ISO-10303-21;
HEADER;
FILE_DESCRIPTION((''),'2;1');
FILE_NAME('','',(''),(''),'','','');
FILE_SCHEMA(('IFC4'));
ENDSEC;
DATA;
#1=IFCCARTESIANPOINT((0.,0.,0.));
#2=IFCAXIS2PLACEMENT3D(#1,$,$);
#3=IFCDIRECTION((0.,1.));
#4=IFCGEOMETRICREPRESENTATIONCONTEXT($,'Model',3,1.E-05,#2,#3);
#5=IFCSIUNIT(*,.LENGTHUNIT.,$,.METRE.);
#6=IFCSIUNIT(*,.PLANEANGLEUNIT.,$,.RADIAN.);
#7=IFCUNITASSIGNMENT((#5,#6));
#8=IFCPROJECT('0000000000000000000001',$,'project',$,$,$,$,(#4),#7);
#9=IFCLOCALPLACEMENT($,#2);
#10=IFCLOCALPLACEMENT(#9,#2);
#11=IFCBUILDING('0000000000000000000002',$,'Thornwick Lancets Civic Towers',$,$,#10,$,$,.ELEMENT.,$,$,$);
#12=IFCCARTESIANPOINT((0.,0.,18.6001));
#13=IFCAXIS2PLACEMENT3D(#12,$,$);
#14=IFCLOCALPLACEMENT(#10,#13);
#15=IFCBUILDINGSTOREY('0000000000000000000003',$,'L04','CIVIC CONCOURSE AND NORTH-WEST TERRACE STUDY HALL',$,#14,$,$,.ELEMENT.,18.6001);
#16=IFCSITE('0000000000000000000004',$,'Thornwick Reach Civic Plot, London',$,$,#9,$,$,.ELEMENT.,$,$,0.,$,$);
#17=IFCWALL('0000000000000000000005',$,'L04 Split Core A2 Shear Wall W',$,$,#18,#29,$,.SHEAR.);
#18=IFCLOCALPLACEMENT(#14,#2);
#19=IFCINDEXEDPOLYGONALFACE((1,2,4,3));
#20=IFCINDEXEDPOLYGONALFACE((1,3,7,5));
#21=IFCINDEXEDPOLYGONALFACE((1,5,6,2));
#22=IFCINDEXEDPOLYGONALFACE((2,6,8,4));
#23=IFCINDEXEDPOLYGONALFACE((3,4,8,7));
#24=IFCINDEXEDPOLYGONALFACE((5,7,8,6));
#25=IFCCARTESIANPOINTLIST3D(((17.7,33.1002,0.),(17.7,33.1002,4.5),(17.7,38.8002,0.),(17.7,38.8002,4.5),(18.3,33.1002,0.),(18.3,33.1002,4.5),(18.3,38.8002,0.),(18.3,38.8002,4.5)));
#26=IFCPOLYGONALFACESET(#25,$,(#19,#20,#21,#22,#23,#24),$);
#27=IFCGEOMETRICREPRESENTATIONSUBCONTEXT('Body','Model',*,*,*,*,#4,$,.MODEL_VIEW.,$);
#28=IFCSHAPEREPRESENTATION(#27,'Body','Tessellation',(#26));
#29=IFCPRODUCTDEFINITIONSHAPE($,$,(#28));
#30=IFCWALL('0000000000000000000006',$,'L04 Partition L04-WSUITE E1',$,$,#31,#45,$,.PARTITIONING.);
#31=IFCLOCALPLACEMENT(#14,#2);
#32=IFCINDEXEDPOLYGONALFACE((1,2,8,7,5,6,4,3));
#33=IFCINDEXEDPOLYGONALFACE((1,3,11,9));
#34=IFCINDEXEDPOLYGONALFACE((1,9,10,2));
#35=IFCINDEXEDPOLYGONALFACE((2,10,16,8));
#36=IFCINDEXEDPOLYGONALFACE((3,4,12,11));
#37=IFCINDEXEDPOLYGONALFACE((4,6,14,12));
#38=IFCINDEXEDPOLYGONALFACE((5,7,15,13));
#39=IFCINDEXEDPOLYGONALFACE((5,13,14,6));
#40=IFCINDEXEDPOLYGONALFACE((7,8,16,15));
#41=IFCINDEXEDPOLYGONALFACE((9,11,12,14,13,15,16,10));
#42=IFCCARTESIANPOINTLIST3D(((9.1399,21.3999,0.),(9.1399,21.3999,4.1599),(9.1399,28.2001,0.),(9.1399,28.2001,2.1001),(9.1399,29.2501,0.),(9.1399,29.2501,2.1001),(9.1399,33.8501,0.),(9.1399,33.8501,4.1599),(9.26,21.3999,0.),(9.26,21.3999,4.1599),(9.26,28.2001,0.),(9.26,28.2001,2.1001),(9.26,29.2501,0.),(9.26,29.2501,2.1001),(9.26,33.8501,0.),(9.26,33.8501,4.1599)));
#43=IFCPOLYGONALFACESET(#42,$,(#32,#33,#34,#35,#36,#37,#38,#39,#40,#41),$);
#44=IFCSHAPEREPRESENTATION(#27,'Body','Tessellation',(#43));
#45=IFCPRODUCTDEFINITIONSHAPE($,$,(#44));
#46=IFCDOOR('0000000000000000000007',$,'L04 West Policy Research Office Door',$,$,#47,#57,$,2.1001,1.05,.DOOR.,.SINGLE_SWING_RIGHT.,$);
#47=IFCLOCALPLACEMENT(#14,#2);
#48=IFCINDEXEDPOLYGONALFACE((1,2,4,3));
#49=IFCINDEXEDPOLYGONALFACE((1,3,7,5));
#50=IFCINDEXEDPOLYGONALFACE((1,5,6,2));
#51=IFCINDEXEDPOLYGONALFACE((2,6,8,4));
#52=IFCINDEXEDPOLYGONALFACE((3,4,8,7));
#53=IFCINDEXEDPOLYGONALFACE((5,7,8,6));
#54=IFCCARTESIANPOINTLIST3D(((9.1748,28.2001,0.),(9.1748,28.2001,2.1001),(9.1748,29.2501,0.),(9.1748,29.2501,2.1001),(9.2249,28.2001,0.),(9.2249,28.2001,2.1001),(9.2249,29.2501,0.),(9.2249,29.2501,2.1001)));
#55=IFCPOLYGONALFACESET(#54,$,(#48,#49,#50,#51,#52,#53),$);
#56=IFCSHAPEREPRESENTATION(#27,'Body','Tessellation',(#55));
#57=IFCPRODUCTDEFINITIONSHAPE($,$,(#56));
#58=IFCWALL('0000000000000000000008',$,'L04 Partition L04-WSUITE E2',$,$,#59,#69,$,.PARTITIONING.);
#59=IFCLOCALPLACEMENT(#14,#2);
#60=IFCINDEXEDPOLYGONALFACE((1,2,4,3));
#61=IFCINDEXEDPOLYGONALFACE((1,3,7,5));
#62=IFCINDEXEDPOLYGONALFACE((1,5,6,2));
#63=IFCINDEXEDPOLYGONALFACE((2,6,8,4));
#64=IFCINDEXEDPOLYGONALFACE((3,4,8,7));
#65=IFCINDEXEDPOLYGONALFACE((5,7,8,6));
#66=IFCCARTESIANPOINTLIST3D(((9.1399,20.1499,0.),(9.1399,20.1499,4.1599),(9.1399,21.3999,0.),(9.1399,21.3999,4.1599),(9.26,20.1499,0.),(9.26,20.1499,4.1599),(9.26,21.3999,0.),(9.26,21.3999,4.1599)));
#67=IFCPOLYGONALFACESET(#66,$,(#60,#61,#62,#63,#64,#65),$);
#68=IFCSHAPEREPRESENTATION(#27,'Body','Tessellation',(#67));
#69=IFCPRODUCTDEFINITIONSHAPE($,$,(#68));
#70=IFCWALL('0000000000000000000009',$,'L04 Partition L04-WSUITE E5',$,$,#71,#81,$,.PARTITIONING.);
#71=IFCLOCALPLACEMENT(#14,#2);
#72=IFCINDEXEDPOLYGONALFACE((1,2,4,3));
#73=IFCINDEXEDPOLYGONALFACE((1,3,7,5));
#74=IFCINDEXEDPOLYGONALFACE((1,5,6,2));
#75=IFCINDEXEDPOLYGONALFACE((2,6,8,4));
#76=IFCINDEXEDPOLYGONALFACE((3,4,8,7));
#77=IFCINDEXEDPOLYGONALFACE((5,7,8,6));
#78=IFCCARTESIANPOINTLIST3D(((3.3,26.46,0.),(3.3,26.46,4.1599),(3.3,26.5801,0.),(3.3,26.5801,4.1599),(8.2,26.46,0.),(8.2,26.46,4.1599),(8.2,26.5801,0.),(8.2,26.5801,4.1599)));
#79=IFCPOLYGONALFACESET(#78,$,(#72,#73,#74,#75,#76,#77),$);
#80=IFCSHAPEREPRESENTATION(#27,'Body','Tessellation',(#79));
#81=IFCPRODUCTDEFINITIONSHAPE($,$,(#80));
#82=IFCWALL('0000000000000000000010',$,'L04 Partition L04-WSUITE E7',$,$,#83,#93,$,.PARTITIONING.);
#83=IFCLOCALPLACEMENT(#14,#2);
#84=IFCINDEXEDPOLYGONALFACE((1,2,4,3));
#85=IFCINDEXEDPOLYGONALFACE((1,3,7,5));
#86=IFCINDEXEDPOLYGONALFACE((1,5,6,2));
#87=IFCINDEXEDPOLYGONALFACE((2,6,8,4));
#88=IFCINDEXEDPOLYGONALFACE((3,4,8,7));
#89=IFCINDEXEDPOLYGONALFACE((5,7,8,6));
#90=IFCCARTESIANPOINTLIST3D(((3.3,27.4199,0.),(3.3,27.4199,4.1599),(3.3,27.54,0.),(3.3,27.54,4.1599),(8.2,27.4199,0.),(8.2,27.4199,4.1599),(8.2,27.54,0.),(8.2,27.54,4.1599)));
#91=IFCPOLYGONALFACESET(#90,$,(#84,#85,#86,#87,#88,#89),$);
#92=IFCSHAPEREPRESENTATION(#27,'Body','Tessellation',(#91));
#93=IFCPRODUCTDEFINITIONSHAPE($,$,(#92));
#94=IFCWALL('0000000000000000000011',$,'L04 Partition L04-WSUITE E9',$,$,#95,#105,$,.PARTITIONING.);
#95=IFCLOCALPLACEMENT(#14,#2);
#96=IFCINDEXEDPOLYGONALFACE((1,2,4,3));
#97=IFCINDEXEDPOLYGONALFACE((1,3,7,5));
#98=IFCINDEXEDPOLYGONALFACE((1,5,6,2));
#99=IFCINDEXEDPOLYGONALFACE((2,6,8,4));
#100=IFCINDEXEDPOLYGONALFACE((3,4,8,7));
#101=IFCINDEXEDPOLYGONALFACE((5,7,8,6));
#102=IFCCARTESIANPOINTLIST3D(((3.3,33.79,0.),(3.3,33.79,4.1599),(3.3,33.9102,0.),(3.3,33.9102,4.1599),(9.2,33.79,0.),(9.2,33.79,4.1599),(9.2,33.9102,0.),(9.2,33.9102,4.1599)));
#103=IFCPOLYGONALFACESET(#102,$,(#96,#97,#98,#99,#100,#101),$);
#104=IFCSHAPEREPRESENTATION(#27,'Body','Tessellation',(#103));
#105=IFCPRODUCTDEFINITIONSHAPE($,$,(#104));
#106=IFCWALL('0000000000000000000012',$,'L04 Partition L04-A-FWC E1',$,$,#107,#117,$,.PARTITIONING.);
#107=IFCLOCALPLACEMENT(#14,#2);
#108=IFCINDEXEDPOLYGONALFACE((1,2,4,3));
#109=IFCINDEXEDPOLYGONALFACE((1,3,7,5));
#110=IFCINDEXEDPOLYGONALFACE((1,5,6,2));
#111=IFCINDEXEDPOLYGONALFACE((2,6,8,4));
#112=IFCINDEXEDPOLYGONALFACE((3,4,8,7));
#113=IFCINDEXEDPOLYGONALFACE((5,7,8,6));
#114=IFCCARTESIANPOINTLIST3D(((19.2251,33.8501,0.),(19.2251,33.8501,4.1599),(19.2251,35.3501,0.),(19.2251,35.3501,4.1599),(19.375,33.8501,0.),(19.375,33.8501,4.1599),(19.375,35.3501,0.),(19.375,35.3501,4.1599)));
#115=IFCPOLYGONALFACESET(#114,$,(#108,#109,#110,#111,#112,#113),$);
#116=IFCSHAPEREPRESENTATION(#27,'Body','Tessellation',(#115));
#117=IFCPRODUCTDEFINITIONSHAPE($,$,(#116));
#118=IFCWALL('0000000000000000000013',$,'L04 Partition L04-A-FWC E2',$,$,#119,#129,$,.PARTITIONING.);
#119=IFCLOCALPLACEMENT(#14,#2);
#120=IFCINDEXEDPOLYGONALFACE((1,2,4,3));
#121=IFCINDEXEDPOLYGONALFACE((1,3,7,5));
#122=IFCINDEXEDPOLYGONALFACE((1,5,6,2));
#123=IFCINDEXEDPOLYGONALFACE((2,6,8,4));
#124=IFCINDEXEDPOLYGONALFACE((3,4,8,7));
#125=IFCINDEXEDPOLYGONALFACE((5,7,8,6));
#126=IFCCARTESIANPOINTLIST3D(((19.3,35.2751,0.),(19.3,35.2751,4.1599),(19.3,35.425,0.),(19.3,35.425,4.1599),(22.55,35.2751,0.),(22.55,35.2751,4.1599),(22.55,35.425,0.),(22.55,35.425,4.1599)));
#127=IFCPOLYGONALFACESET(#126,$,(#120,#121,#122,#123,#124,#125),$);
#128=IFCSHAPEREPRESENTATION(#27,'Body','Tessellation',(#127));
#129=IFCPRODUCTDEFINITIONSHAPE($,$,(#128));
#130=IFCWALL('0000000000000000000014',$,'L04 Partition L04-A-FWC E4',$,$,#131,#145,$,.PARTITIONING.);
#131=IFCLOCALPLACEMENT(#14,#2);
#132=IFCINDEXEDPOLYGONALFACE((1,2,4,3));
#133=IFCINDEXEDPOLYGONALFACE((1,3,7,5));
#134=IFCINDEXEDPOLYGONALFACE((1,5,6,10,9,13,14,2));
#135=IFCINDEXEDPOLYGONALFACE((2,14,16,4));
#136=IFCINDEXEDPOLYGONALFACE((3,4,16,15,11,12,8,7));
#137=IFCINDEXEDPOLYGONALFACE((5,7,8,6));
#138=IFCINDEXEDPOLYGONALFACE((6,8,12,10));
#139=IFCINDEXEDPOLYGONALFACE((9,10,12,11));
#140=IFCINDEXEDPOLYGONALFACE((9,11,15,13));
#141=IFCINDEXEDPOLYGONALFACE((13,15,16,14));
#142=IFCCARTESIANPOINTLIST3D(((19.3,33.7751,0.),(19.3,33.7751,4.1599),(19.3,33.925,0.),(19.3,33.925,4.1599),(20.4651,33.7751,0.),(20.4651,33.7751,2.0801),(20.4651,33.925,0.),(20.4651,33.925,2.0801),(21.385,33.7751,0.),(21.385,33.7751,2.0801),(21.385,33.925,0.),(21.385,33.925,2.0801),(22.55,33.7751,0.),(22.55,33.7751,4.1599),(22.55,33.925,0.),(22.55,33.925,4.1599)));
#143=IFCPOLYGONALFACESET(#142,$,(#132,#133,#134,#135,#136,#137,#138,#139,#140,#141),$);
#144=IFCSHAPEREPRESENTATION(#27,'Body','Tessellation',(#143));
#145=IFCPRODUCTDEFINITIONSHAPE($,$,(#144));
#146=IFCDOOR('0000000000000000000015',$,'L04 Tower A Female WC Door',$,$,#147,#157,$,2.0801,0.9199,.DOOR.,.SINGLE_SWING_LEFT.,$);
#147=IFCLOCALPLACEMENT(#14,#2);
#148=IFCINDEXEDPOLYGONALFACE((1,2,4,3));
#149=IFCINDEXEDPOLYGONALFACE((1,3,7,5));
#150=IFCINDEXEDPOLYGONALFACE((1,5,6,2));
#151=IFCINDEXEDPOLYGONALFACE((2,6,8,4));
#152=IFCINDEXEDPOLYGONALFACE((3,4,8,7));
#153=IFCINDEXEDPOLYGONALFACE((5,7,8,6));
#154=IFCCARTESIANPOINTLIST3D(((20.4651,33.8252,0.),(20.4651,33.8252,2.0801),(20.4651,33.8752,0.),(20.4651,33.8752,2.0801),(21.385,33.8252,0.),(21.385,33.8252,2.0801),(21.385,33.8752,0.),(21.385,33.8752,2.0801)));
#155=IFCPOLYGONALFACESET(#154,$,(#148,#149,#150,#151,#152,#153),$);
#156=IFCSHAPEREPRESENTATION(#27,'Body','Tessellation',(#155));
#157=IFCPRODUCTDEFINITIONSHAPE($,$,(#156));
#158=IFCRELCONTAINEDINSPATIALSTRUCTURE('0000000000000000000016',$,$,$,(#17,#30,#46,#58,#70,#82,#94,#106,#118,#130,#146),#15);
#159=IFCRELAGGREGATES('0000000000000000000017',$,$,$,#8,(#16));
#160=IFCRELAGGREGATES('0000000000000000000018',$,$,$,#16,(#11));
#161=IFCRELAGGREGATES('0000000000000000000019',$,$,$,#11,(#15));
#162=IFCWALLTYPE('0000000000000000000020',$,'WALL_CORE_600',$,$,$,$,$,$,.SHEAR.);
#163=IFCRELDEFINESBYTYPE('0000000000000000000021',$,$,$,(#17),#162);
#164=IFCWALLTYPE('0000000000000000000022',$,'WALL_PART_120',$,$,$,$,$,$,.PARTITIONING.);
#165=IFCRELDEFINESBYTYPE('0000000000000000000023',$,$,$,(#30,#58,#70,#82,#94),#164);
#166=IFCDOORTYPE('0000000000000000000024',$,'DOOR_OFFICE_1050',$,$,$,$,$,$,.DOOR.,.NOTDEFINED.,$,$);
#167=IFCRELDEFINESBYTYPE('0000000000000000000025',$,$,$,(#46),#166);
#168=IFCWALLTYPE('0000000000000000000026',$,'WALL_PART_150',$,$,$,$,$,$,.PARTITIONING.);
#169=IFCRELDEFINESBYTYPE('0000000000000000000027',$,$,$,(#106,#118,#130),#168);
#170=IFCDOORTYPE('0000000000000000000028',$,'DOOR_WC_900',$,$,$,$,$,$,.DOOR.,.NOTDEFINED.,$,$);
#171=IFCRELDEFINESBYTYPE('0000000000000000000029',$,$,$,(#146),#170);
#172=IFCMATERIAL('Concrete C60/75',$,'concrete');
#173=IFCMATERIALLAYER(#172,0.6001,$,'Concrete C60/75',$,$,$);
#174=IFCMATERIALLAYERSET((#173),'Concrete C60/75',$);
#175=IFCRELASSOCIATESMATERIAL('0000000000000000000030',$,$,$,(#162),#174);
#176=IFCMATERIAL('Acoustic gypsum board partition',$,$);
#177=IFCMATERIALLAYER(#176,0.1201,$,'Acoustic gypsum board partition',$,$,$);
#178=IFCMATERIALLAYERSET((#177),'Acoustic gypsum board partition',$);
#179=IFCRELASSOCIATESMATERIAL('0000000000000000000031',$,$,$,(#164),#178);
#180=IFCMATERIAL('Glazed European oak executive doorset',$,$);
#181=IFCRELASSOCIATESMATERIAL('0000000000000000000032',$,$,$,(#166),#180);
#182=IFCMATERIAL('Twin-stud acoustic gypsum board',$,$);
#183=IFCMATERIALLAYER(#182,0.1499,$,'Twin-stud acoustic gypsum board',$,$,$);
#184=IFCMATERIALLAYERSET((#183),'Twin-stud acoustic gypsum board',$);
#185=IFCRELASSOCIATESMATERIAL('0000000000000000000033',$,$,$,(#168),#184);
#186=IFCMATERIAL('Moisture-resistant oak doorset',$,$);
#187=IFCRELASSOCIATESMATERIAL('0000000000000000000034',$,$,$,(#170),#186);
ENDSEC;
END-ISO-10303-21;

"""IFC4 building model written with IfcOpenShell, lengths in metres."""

from ifc_helpers import new_model, si_unit, direction, frame, frame_2d, origin, place, context, subcontext, project, spatial, rectangle, extrude, material, layer, layer_set, type_object, element, fill, save


model = new_model("IFC4")

# Units and contexts
model_context = context("Model", 3, precision=1e-05, world=origin(), true_north=direction((0.0, 1.0)))
body_context = subcontext(model_context, "Body", "Model", "MODEL_VIEW")
ifc_project = project(units=[si_unit("LENGTHUNIT", "METRE"), si_unit("PLANEANGLEUNIT", "RADIAN")], contexts=[model_context])

# Site, building, storey
site_placement = place(None, origin())
site = spatial("IfcSite", under=ifc_project, at=site_placement, Name="Thornwick Reach Civic Plot, London", CompositionType="ELEMENT", RefElevation=0.0)
building_placement = place(site_placement, origin())
building = spatial("IfcBuilding", under=site, at=building_placement, Name="Thornwick Lancets Civic Towers", CompositionType="ELEMENT")
storey_placement = place(building_placement, frame((0.0, 0.0, 18.6001)))
storey = spatial("IfcBuildingStorey", under=building, at=storey_placement, Name="L04", Description="CIVIC CONCOURSE AND NORTH-WEST TERRACE STUDY HALL", CompositionType="ELEMENT", Elevation=18.6001)

# Shared definitions
ifc_material_1 = material(Name="Concrete C60/75", Category="concrete")

# Wall
ifc_layer_1 = layer(ifc_material_1, 0.6001, Name="Concrete C60/75")
ifc_layer_set_1 = layer_set([ifc_layer_1], Name="Concrete C60/75")
wall_type_1 = type_object("IfcWallType", Name="WALL_CORE_600", PredefinedType="SHEAR", material=ifc_layer_set_1)
wall_1_placement = place(storey_placement, frame((18.0, 33.1001, 0.0), z_axis=(0.0, 0.0, 1.0), x_axis=(0.0, 1.0, 0.0)))
element("IfcWall", 1, at=wall_1_placement, inside=storey, type_object=wall_type_1, Name="L04 Split Core A2 Shear Wall W", PredefinedType="SHEAR", context=body_context, shape_type="SweptSolid", body=[
    extrude(rectangle(XDim=5.7, YDim=0.6001, at=frame_2d((2.8501, 0.0))), origin(), (0.0, 0.0, 1.0), 4.5),
])

# Wall, opening, door
ifc_material_2 = material(Name="Acoustic gypsum board partition")
ifc_layer_2 = layer(ifc_material_2, 0.1201, Name="Acoustic gypsum board partition")
ifc_layer_set_2 = layer_set([ifc_layer_2], Name="Acoustic gypsum board partition")
wall_type_2 = type_object("IfcWallType", Name="WALL_PART_120", PredefinedType="PARTITIONING", material=ifc_layer_set_2)
wall_2_placement = place(storey_placement, frame((9.2, 33.8501, 0.0), z_axis=(0.0, 0.0, 1.0), x_axis=(0.0, -1.0, 0.0)))
wall_2 = element("IfcWall", 2, at=wall_2_placement, inside=storey, type_object=wall_type_2, Name="L04 Partition L04-WSUITE E1", PredefinedType="PARTITIONING", context=body_context, shape_type="SweptSolid", body=[
    extrude(rectangle(XDim=12.4502, YDim=0.1201, at=frame_2d((6.2251, 0.0))), origin(), (0.0, 0.0, 1.0), 4.1599),
])
opening_1_placement = place(wall_2_placement, frame((4.6001, 0.0, 0.0)))
opening_1 = element("IfcOpeningElement", 3, at=opening_1_placement, cuts=wall_2, PredefinedType="OPENING", context=body_context, shape_type="SweptSolid", body=[
    extrude(rectangle(XDim=1.05, YDim=2.1001, at=frame_2d((0.5249, 1.05))), frame((0.0, 0.0701, 0.0), z_axis=(0.0, -1.0, 0.0), x_axis=(1.0, 0.0, 0.0)), (0.0, 0.0, 1.0), 0.1401),
])
ifc_material_3 = material(Name="Glazed European oak executive doorset")
door_type_1 = type_object("IfcDoorType", Name="DOOR_OFFICE_1050", OperationType="NOTDEFINED", PredefinedType="DOOR", material=ifc_material_3)
door_1_placement = place(opening_1_placement, origin())
door_1 = element("IfcDoor", 4, at=door_1_placement, inside=storey, type_object=door_type_1, Name="L04 West Policy Research Office Door", OperationType="SINGLE_SWING_RIGHT", OverallHeight=2.1001, OverallWidth=1.05, PredefinedType="DOOR", context=body_context, shape_type="SweptSolid", body=[
    extrude(rectangle(XDim=1.05, YDim=2.1001, at=frame_2d((0.5249, 1.05))), frame((0.0, 0.0249, 0.0), z_axis=(0.0, -1.0, 0.0), x_axis=(1.0, 0.0, 0.0)), (0.0, 0.0, 1.0), 0.05),
])
fill(opening_1, door_1)

# Walls
wall_3_placement = place(storey_placement, frame((9.2, 21.3999, 0.0), z_axis=(0.0, 0.0, 1.0), x_axis=(0.0, -1.0, 0.0)))
element("IfcWall", 5, at=wall_3_placement, inside=storey, type_object=wall_type_2, Name="L04 Partition L04-WSUITE E2", PredefinedType="PARTITIONING", context=body_context, shape_type="SweptSolid", body=[
    extrude(rectangle(XDim=1.25, YDim=0.1201, at=frame_2d((0.625, 0.0))), origin(), (0.0, 0.0, 1.0), 4.1599),
])
for number, where, z_axis, x_axis, name in (
    (6, (3.3, 26.52, 0.0), (0.0, 0.0, 1.0), (1.0, 0.0, 0.0), "L04 Partition L04-WSUITE E5"),
    (7, (8.2, 27.48, 0.0), (0.0, 0.0, 1.0), (-1.0, 0.0, 0.0), "L04 Partition L04-WSUITE E7"),
):
    element("IfcWall", number, at=place(storey_placement, frame(where, z_axis=z_axis, x_axis=x_axis)), inside=storey, type_object=wall_type_2, Name=name, PredefinedType="PARTITIONING", context=body_context, shape_type="SweptSolid", body=[
        extrude(rectangle(XDim=4.8999, YDim=0.1201, at=frame_2d((2.45, 0.0))), origin(), (0.0, 0.0, 1.0), 4.1599),
    ])
wall_4_placement = place(storey_placement, frame((3.3, 33.8501, 0.0), z_axis=(0.0, 0.0, 1.0), x_axis=(1.0, 0.0, 0.0)))
element("IfcWall", 8, at=wall_4_placement, inside=storey, type_object=wall_type_2, Name="L04 Partition L04-WSUITE E9", PredefinedType="PARTITIONING", context=body_context, shape_type="SweptSolid", body=[
    extrude(rectangle(XDim=5.8999, YDim=0.1201, at=frame_2d((2.95, 0.0))), origin(), (0.0, 0.0, 1.0), 4.1599),
])
ifc_material_4 = material(Name="Twin-stud acoustic gypsum board")
ifc_layer_3 = layer(ifc_material_4, 0.1499, Name="Twin-stud acoustic gypsum board")
ifc_layer_set_3 = layer_set([ifc_layer_3], Name="Twin-stud acoustic gypsum board")
wall_type_3 = type_object("IfcWallType", Name="WALL_PART_150", PredefinedType="PARTITIONING", material=ifc_layer_set_3)
wall_5_placement = place(storey_placement, frame((19.3, 33.8501, 0.0), z_axis=(0.0, 0.0, 1.0), x_axis=(0.0, 1.0, 0.0)))
element("IfcWall", 9, at=wall_5_placement, inside=storey, type_object=wall_type_3, Name="L04 Partition L04-A-FWC E1", PredefinedType="PARTITIONING", context=body_context, shape_type="SweptSolid", body=[
    extrude(rectangle(XDim=1.5, YDim=0.1499, at=frame_2d((0.75, 0.0))), origin(), (0.0, 0.0, 1.0), 4.1599),
])
wall_6_placement = place(storey_placement, frame((19.3, 35.3501, 0.0), z_axis=(0.0, 0.0, 1.0), x_axis=(1.0, 0.0, 0.0)))
element("IfcWall", 10, at=wall_6_placement, inside=storey, type_object=wall_type_3, Name="L04 Partition L04-A-FWC E2", PredefinedType="PARTITIONING", context=body_context, shape_type="SweptSolid", body=[
    extrude(rectangle(XDim=3.25, YDim=0.1499, at=frame_2d((1.625, 0.0))), origin(), (0.0, 0.0, 1.0), 4.1599),
])

# Wall, opening, door
wall_7_placement = place(storey_placement, frame((22.55, 33.8501, 0.0), z_axis=(0.0, 0.0, 1.0), x_axis=(-1.0, 0.0, 0.0)))
wall_7 = element("IfcWall", 11, at=wall_7_placement, inside=storey, type_object=wall_type_3, Name="L04 Partition L04-A-FWC E4", PredefinedType="PARTITIONING", context=body_context, shape_type="SweptSolid", body=[
    extrude(rectangle(XDim=3.25, YDim=0.1499, at=frame_2d((1.625, 0.0))), origin(), (0.0, 0.0, 1.0), 4.1599),
])
opening_2_placement = place(wall_7_placement, frame((1.165, 0.0, 0.0)))
opening_2 = element("IfcOpeningElement", 12, at=opening_2_placement, cuts=wall_7, PredefinedType="OPENING", context=body_context, shape_type="SweptSolid", body=[
    extrude(rectangle(XDim=0.9199, YDim=2.0801, at=frame_2d((0.46, 1.04))), frame((0.0, 0.085, 0.0), z_axis=(0.0, -1.0, 0.0), x_axis=(1.0, 0.0, 0.0)), (0.0, 0.0, 1.0), 0.1699),
])
ifc_material_5 = material(Name="Moisture-resistant oak doorset")
door_type_2 = type_object("IfcDoorType", Name="DOOR_WC_900", OperationType="NOTDEFINED", PredefinedType="DOOR", material=ifc_material_5)
door_2_placement = place(opening_2_placement, origin())
door_2 = element("IfcDoor", 13, at=door_2_placement, inside=storey, type_object=door_type_2, Name="L04 Tower A Female WC Door", OperationType="SINGLE_SWING_LEFT", OverallHeight=2.0801, OverallWidth=0.9199, PredefinedType="DOOR", context=body_context, shape_type="SweptSolid", body=[
    extrude(rectangle(XDim=0.9199, YDim=2.0801, at=frame_2d((0.46, 1.04))), frame((0.0, 0.0249, 0.0), z_axis=(0.0, -1.0, 0.0), x_axis=(1.0, 0.0, 0.0)), (0.0, 0.0, 1.0), 0.05),
])
fill(opening_2, door_2)

save(model, "model.ifc")
